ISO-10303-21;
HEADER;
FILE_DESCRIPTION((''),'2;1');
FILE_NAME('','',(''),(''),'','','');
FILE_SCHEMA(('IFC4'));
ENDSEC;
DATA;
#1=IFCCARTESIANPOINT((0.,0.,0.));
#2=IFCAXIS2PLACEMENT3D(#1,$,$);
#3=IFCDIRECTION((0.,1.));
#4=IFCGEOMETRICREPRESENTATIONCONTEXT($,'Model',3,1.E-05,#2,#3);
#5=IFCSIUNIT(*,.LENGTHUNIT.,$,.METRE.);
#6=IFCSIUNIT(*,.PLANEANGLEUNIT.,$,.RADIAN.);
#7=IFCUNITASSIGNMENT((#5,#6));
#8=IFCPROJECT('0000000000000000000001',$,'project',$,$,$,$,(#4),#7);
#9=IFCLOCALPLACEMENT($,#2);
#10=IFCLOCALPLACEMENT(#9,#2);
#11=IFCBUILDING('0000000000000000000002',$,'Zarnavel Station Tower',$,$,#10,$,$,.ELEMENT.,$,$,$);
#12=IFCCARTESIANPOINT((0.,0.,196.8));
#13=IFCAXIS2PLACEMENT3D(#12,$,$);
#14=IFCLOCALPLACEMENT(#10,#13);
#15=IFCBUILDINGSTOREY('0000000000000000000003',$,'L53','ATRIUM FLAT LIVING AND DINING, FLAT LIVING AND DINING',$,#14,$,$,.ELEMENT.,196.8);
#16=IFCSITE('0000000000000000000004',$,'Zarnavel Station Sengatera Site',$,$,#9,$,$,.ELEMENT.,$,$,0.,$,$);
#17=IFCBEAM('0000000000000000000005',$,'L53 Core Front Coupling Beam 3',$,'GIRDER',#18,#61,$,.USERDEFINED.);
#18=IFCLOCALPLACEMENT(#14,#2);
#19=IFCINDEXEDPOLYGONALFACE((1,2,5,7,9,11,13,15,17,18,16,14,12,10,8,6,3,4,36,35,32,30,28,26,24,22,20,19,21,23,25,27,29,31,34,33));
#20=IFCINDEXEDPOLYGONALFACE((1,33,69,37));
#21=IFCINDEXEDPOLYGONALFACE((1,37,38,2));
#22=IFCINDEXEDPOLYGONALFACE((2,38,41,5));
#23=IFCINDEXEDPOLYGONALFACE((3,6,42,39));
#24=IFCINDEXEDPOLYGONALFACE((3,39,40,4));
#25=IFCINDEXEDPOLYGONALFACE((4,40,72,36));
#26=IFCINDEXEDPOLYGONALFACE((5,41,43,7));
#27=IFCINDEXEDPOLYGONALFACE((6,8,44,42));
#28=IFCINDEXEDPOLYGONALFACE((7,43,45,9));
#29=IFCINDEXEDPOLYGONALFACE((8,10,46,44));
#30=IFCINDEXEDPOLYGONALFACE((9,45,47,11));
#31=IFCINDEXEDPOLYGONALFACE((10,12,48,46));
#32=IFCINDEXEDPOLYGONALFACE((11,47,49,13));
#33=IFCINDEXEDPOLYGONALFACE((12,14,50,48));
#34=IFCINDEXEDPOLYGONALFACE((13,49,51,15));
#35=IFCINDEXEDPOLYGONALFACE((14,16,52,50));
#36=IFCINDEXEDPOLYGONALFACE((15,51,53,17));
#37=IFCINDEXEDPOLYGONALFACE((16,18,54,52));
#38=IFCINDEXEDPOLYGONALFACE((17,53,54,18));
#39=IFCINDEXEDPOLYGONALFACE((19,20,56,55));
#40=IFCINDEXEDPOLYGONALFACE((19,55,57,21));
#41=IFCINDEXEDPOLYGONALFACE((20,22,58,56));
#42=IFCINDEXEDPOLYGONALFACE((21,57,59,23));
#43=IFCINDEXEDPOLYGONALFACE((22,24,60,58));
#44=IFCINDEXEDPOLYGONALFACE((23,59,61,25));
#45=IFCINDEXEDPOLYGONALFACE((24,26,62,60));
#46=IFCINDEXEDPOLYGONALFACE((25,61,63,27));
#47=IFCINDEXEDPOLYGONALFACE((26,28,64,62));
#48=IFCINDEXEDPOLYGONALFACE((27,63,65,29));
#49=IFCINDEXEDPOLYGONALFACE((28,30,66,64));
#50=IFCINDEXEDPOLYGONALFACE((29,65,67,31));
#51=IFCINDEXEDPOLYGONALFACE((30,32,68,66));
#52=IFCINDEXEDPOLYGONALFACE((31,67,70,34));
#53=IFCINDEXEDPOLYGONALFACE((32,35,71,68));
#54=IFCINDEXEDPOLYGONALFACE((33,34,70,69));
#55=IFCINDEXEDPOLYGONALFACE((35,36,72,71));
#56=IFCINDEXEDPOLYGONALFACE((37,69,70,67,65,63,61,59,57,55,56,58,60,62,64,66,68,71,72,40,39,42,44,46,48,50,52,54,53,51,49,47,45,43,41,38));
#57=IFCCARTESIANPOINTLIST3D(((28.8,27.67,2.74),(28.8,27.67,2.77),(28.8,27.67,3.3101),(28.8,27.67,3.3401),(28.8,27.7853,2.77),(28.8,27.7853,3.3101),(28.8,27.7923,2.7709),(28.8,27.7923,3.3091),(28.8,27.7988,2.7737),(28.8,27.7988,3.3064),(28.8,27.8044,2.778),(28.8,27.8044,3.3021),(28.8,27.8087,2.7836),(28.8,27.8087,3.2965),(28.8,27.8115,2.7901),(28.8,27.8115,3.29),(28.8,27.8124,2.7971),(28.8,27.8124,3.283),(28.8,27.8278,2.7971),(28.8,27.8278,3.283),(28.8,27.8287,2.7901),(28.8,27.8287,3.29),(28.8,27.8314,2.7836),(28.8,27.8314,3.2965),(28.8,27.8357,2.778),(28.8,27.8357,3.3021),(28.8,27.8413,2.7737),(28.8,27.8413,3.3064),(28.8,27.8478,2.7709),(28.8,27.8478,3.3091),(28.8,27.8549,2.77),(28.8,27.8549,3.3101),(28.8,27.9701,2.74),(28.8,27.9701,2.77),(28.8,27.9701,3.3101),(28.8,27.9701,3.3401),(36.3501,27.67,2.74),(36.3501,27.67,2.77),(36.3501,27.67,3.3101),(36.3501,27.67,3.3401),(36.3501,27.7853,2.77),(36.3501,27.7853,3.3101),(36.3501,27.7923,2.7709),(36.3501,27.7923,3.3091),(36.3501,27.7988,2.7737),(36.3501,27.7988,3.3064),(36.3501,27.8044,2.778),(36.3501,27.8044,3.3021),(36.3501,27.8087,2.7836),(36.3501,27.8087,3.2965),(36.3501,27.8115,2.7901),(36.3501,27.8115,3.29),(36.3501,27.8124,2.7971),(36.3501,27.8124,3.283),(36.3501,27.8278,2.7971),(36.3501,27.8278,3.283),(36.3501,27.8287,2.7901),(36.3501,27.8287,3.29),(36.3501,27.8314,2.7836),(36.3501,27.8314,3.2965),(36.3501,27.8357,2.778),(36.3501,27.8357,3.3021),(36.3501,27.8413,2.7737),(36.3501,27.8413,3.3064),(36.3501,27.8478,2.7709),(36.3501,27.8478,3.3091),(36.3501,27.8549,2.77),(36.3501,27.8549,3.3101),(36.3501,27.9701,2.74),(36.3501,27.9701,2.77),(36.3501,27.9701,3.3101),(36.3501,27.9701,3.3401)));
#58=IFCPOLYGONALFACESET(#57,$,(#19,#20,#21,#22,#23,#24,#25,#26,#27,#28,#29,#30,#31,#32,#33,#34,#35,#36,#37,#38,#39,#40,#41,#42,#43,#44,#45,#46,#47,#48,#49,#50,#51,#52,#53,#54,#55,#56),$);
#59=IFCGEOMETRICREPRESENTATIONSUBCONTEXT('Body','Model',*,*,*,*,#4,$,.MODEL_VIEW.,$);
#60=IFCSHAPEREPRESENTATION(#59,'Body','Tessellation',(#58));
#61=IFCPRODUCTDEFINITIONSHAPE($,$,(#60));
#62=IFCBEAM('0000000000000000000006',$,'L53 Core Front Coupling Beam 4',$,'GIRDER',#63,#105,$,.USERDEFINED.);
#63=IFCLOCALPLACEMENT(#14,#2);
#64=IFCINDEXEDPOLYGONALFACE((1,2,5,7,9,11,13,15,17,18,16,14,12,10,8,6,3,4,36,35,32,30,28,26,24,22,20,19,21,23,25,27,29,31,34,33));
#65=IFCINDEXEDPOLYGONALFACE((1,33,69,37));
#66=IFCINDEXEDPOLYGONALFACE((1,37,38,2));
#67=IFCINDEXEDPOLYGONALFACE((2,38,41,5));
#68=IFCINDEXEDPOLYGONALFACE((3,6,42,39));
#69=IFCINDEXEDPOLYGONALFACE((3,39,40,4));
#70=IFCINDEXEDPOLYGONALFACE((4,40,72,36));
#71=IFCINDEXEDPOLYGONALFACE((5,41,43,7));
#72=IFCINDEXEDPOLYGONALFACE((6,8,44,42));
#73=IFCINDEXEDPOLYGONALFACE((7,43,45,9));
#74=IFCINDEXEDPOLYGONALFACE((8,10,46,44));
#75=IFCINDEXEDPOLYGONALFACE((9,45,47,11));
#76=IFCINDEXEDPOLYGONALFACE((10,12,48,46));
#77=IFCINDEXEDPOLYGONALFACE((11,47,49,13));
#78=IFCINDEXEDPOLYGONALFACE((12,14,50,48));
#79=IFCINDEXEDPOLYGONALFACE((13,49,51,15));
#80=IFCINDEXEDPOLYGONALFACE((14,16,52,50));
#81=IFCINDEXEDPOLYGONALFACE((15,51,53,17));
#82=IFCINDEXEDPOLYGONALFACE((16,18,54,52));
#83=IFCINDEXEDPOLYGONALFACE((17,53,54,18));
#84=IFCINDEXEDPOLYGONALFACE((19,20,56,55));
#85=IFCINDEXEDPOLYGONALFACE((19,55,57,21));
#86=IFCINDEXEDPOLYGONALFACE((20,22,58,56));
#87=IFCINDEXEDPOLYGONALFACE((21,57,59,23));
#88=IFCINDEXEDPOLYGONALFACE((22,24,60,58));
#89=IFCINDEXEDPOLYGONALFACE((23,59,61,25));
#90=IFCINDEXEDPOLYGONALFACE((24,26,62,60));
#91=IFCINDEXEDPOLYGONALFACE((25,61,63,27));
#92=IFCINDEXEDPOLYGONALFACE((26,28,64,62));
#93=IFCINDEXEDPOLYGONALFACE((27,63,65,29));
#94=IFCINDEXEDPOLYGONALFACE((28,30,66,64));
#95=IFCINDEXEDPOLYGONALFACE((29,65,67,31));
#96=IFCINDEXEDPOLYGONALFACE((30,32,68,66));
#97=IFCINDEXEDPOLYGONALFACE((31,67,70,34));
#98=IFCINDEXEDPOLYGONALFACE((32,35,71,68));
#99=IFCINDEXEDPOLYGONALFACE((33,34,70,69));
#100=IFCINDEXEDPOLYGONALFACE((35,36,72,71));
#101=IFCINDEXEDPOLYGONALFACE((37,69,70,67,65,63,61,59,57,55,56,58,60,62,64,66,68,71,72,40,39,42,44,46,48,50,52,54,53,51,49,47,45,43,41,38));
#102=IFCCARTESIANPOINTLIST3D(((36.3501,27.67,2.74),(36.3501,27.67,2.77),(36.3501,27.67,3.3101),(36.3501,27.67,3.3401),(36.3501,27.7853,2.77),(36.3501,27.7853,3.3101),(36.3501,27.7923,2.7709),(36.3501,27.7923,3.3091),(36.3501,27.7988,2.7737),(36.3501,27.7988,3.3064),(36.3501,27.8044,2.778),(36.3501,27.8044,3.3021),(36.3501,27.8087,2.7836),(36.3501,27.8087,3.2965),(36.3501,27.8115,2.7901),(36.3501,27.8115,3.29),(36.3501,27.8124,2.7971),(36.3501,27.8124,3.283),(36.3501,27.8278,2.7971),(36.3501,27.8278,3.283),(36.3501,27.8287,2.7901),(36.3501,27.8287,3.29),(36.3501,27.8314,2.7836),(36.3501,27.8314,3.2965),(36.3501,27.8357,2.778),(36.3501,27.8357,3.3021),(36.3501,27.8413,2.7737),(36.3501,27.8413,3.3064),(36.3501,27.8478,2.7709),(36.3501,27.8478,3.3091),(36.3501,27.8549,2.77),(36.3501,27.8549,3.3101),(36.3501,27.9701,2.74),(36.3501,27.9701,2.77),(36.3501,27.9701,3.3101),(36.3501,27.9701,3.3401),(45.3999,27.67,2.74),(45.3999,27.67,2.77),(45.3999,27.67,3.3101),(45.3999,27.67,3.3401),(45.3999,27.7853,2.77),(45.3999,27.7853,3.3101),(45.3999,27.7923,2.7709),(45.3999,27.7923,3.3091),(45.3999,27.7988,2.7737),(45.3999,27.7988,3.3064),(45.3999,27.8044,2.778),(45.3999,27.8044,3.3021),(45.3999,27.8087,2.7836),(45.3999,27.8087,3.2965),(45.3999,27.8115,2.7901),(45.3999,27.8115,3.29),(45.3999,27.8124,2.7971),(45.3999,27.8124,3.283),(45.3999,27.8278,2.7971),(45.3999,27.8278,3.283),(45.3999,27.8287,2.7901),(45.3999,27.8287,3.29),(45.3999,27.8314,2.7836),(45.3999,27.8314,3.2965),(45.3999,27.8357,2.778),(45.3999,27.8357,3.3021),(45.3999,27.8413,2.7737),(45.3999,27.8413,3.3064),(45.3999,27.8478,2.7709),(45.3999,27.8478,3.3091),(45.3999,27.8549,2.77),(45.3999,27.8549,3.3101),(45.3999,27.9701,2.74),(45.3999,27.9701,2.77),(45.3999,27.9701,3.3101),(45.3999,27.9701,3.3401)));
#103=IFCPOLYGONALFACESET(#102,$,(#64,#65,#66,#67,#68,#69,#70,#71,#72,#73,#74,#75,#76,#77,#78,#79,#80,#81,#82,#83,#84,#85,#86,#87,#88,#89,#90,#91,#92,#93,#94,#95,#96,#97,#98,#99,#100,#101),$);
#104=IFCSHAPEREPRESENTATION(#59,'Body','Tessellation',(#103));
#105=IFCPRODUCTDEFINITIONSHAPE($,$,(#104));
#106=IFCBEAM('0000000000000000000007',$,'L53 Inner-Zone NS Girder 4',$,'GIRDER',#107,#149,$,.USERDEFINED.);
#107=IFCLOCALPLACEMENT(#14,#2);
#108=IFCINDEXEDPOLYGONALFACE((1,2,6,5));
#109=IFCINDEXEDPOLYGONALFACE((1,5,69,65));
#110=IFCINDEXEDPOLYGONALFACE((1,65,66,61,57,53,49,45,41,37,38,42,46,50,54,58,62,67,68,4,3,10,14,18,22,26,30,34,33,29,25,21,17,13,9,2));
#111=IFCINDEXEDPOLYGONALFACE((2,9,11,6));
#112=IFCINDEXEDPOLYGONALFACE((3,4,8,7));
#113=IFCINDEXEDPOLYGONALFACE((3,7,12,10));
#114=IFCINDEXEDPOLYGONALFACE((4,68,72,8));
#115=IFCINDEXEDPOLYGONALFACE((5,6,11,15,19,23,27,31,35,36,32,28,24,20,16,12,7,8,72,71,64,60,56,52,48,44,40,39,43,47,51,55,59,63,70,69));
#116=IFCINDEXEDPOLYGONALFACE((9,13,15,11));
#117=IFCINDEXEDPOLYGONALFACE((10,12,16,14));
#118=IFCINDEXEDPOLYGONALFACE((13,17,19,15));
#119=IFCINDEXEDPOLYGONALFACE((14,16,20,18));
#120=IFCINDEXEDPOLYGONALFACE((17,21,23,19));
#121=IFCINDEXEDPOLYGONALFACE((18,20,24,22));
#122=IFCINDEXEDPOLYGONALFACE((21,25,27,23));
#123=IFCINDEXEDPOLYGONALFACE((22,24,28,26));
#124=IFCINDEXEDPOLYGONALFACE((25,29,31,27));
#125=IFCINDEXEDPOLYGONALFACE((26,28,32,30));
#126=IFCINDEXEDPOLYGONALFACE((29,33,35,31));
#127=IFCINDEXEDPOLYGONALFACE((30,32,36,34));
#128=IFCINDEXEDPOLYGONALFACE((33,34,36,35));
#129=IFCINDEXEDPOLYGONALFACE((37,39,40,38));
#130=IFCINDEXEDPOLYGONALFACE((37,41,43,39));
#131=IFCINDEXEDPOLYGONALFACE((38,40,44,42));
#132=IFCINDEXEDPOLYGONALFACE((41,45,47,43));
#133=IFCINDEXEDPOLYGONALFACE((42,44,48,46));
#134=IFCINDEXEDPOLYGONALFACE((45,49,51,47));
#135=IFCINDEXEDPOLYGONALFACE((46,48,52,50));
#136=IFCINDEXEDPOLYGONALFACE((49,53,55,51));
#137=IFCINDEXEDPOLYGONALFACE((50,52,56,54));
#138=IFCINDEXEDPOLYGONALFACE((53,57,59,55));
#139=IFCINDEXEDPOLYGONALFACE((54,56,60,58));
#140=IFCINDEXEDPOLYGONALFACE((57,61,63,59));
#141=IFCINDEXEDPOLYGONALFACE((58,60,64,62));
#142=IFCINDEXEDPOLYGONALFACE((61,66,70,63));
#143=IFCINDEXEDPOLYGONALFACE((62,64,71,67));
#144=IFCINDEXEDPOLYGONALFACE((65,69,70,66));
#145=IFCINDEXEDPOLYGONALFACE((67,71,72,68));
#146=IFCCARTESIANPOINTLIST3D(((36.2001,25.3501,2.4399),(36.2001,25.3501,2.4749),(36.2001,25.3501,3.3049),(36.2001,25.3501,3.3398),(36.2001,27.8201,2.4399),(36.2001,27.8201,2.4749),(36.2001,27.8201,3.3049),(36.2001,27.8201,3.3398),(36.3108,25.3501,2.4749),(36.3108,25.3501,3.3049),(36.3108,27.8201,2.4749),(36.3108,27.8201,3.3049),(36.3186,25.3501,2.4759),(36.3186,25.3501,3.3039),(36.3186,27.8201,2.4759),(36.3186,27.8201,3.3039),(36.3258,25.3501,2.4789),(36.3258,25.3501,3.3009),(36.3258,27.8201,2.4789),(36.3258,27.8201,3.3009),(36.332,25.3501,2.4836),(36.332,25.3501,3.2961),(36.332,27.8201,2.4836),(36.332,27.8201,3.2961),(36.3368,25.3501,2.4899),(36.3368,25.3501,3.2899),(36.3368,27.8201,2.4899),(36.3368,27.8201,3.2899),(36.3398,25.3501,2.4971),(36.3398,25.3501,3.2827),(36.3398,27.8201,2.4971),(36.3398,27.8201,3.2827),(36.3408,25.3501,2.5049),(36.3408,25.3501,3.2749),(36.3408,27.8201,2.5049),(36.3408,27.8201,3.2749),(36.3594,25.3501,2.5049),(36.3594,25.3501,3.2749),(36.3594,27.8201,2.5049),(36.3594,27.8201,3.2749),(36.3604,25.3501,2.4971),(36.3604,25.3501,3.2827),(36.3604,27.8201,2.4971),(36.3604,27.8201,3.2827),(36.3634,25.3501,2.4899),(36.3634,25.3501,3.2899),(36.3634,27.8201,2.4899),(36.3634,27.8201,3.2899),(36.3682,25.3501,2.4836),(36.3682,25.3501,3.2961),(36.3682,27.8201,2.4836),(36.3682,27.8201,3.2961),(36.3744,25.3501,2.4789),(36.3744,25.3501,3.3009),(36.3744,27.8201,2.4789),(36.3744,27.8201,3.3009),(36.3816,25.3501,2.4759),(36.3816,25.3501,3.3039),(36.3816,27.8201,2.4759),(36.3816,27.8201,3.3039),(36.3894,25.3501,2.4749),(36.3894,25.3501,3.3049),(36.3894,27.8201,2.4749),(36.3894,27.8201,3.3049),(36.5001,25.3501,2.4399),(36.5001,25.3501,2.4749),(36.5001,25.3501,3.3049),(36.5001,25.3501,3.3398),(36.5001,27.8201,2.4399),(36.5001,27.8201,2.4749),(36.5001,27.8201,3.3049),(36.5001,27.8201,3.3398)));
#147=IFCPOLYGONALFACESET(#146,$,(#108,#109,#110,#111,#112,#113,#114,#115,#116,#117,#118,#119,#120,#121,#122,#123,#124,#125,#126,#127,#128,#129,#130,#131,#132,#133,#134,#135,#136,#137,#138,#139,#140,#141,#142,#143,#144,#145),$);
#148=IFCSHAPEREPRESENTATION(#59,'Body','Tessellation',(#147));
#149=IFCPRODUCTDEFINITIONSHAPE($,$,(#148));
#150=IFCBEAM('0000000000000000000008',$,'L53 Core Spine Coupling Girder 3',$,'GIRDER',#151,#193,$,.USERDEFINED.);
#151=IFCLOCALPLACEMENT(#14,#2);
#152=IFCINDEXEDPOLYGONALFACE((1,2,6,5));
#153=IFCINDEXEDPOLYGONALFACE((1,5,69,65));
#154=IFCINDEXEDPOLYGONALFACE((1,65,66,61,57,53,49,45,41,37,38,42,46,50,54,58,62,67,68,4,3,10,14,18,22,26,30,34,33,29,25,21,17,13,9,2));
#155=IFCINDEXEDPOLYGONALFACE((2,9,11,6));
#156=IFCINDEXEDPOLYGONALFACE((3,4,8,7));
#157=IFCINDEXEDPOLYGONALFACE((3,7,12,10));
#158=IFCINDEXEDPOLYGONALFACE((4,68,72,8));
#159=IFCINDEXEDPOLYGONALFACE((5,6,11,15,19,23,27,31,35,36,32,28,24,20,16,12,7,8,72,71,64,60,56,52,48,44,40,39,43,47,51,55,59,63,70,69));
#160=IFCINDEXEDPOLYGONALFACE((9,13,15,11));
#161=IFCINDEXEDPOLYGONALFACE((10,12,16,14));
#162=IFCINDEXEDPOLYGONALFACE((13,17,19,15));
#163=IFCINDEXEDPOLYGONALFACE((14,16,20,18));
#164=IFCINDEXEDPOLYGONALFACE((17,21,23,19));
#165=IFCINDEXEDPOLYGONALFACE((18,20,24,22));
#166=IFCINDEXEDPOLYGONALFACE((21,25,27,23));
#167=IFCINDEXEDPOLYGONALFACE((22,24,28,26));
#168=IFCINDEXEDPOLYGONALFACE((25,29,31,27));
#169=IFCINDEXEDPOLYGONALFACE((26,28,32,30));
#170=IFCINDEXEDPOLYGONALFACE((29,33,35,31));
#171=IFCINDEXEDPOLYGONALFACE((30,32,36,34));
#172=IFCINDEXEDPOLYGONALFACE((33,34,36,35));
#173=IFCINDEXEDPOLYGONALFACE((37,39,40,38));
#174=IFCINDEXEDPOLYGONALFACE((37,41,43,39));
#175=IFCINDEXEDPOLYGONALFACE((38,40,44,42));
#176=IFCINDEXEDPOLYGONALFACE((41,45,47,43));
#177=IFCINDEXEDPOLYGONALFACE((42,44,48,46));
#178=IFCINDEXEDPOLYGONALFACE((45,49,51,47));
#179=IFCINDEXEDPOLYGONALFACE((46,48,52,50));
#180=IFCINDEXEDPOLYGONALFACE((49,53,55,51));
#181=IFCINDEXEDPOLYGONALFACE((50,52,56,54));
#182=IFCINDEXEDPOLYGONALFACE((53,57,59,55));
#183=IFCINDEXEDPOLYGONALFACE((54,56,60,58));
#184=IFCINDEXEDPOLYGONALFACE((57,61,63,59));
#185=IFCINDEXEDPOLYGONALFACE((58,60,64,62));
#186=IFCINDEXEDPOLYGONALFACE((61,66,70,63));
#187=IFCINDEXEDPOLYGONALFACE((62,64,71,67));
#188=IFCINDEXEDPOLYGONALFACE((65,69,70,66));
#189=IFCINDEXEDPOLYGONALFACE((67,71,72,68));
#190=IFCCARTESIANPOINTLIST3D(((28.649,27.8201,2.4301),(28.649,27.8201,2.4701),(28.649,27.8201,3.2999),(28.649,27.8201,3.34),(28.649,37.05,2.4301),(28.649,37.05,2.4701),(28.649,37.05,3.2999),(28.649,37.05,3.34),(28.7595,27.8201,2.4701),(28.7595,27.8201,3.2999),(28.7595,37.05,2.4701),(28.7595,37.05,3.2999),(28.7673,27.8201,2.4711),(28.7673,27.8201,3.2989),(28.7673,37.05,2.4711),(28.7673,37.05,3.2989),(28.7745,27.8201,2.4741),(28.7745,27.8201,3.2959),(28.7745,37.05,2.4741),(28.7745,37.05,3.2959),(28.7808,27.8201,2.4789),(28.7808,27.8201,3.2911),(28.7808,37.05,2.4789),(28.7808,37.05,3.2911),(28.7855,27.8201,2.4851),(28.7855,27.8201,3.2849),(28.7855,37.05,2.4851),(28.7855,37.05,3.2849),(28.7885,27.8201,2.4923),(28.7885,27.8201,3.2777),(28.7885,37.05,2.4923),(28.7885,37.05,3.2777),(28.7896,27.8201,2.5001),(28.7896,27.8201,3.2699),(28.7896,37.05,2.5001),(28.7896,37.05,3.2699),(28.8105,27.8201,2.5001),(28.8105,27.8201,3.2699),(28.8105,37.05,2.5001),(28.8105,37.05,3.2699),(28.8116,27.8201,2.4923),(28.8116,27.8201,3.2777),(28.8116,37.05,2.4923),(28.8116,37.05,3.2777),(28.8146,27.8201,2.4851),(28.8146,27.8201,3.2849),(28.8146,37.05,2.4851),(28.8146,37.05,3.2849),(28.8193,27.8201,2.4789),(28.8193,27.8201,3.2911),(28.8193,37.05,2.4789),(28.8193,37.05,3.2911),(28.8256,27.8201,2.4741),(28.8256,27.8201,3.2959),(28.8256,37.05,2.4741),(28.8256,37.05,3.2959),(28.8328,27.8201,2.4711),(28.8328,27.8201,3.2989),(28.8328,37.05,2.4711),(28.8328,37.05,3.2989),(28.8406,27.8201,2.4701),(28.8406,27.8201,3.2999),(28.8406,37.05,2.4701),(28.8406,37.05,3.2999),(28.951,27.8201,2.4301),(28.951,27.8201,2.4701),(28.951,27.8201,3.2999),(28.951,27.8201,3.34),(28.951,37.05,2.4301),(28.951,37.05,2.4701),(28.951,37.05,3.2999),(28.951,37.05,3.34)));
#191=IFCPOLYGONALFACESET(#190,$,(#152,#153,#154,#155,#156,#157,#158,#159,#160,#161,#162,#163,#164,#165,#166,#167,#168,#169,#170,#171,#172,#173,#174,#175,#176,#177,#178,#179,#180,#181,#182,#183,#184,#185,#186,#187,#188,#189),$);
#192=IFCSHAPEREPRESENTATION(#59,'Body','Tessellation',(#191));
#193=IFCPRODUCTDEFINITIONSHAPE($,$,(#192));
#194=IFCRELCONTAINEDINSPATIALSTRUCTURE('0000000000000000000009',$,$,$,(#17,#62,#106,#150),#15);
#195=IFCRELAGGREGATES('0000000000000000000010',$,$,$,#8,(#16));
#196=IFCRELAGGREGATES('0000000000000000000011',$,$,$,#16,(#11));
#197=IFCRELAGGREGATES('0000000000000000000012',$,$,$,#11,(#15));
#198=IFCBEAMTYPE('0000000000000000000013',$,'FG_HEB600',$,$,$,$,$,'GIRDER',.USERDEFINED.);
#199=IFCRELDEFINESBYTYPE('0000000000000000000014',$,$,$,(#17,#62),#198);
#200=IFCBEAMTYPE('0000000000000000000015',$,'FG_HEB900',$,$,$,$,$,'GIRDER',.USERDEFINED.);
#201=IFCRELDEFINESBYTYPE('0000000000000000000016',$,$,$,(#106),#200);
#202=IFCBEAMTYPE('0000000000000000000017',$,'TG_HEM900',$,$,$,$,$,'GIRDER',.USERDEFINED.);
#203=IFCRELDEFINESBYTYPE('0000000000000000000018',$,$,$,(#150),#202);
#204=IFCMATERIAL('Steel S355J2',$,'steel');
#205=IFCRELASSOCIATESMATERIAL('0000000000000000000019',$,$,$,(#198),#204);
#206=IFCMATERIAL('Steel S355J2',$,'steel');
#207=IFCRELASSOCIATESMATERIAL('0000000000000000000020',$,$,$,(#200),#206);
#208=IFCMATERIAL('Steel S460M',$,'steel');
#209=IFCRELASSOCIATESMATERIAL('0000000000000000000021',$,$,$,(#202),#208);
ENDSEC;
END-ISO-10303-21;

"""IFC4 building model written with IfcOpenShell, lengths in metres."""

from ifc_helpers import new_model, si_unit, direction, frame, origin, origin_2d, place, context, subcontext, project, spatial, i_section, extrude, material, material_profile, profile_set, type_object, element, save


model = new_model("IFC4")

# Units and contexts
model_context = context("Model", 3, precision=1e-05, world=origin(), true_north=direction((0.0, 1.0)))
body_context = subcontext(model_context, "Body", "Model", "MODEL_VIEW")
ifc_project = project(units=[si_unit("LENGTHUNIT", "METRE"), si_unit("PLANEANGLEUNIT", "RADIAN")], contexts=[model_context])

# Site, building, storey
site_placement = place(None, origin())
site = spatial("IfcSite", under=ifc_project, at=site_placement, Name="Zarnavel Station Sengatera Site", CompositionType="ELEMENT", RefElevation=0.0)
building_placement = place(site_placement, origin())
building = spatial("IfcBuilding", under=site, at=building_placement, Name="Zarnavel Station Tower", CompositionType="ELEMENT")
storey_placement = place(building_placement, frame((0.0, 0.0, 196.8)))
storey = spatial("IfcBuildingStorey", under=building, at=storey_placement, Name="L53", Description="ATRIUM FLAT LIVING AND DINING, FLAT LIVING AND DINING", CompositionType="ELEMENT", Elevation=196.8)

# Beams
ifc_material_1 = material(Name="Steel S355J2", Category="steel")
ifc_material_profile_1 = material_profile(ifc_material_1, i_section(OverallWidth=0.3, OverallDepth=0.6001, WebThickness=0.0154, FlangeThickness=0.03, FilletRadius=0.0271, at=origin_2d()), Name="HEB600")
ifc_profile_set_1 = profile_set([ifc_material_profile_1], Name="Steel S355J2")
beam_type_1 = type_object("IfcBeamType", Name="FG_HEB600", ElementType="GIRDER", PredefinedType="USERDEFINED", material=ifc_profile_set_1)
beam_1_placement = place(storey_placement, frame((28.8, 27.8201, 3.04), z_axis=(1.0, 0.0, 0.0), x_axis=(0.0, 1.0, 0.0)))
element("IfcBeam", 1, at=beam_1_placement, inside=storey, type_object=beam_type_1, Name="L53 Core Front Coupling Beam 3", ObjectType="GIRDER", PredefinedType="USERDEFINED", context=body_context, shape_type="SweptSolid", body=[
    extrude(i_section(OverallWidth=0.3, OverallDepth=0.6001, WebThickness=0.0154, FlangeThickness=0.03, FilletRadius=0.0271, at=origin_2d()), origin(), (0.0, 0.0, 1.0), 7.55),
])
beam_2_placement = place(storey_placement, frame((36.3501, 27.8201, 3.04), z_axis=(1.0, 0.0, 0.0), x_axis=(0.0, 1.0, 0.0)))
element("IfcBeam", 2, at=beam_2_placement, inside=storey, type_object=beam_type_1, Name="L53 Core Front Coupling Beam 4", ObjectType="GIRDER", PredefinedType="USERDEFINED", context=body_context, shape_type="SweptSolid", body=[
    extrude(i_section(OverallWidth=0.3, OverallDepth=0.6001, WebThickness=0.0154, FlangeThickness=0.03, FilletRadius=0.0271, at=origin_2d()), origin(), (0.0, 0.0, 1.0), 9.0498),
])
ifc_material_2 = material(Name="Steel S355J2", Category="steel")
ifc_material_profile_2 = material_profile(ifc_material_2, i_section(OverallWidth=0.3, OverallDepth=0.8999, WebThickness=0.0186, FlangeThickness=0.0349, FilletRadius=0.03, at=origin_2d()), Name="HEB900")
ifc_profile_set_2 = profile_set([ifc_material_profile_2], Name="Steel S355J2")
beam_type_2 = type_object("IfcBeamType", Name="FG_HEB900", ElementType="GIRDER", PredefinedType="USERDEFINED", material=ifc_profile_set_2)
beam_3_placement = place(storey_placement, frame((36.3501, 25.3501, 2.8899), z_axis=(0.0, 1.0, 0.0), x_axis=(-1.0, 0.0, 0.0)))
element("IfcBeam", 3, at=beam_3_placement, inside=storey, type_object=beam_type_2, Name="L53 Inner-Zone NS Girder 4", ObjectType="GIRDER", PredefinedType="USERDEFINED", context=body_context, shape_type="SweptSolid", body=[
    extrude(i_section(OverallWidth=0.3, OverallDepth=0.8999, WebThickness=0.0186, FlangeThickness=0.0349, FilletRadius=0.03, at=origin_2d()), origin(), (0.0, 0.0, 1.0), 2.47),
])
ifc_material_3 = material(Name="Steel S460M", Category="steel")
ifc_material_profile_3 = material_profile(ifc_material_3, i_section(OverallWidth=0.302, OverallDepth=0.9099, WebThickness=0.021, FlangeThickness=0.04, FilletRadius=0.03, at=origin_2d()), Name="HEM900")
ifc_profile_set_3 = profile_set([ifc_material_profile_3], Name="Steel S460M")
beam_type_3 = type_object("IfcBeamType", Name="TG_HEM900", ElementType="GIRDER", PredefinedType="USERDEFINED", material=ifc_profile_set_3)
for number, where, z_axis, x_axis, name in (
    (4, (28.8, 27.8201, 2.885), (0.0, 1.0, 0.0), (-1.0, 0.0, 0.0), "L53 Core Spine Coupling Girder 3"),
):
    element("IfcBeam", number, at=place(storey_placement, frame(where, z_axis=z_axis, x_axis=x_axis)), inside=storey, type_object=beam_type_3, Name=name, ObjectType="GIRDER", PredefinedType="USERDEFINED", context=body_context, shape_type="SweptSolid", body=[
        extrude(i_section(OverallWidth=0.302, OverallDepth=0.9099, WebThickness=0.021, FlangeThickness=0.04, FilletRadius=0.03, at=origin_2d()), origin(), (0.0, 0.0, 1.0), 9.23),
    ])

save(model, "model.ifc")
